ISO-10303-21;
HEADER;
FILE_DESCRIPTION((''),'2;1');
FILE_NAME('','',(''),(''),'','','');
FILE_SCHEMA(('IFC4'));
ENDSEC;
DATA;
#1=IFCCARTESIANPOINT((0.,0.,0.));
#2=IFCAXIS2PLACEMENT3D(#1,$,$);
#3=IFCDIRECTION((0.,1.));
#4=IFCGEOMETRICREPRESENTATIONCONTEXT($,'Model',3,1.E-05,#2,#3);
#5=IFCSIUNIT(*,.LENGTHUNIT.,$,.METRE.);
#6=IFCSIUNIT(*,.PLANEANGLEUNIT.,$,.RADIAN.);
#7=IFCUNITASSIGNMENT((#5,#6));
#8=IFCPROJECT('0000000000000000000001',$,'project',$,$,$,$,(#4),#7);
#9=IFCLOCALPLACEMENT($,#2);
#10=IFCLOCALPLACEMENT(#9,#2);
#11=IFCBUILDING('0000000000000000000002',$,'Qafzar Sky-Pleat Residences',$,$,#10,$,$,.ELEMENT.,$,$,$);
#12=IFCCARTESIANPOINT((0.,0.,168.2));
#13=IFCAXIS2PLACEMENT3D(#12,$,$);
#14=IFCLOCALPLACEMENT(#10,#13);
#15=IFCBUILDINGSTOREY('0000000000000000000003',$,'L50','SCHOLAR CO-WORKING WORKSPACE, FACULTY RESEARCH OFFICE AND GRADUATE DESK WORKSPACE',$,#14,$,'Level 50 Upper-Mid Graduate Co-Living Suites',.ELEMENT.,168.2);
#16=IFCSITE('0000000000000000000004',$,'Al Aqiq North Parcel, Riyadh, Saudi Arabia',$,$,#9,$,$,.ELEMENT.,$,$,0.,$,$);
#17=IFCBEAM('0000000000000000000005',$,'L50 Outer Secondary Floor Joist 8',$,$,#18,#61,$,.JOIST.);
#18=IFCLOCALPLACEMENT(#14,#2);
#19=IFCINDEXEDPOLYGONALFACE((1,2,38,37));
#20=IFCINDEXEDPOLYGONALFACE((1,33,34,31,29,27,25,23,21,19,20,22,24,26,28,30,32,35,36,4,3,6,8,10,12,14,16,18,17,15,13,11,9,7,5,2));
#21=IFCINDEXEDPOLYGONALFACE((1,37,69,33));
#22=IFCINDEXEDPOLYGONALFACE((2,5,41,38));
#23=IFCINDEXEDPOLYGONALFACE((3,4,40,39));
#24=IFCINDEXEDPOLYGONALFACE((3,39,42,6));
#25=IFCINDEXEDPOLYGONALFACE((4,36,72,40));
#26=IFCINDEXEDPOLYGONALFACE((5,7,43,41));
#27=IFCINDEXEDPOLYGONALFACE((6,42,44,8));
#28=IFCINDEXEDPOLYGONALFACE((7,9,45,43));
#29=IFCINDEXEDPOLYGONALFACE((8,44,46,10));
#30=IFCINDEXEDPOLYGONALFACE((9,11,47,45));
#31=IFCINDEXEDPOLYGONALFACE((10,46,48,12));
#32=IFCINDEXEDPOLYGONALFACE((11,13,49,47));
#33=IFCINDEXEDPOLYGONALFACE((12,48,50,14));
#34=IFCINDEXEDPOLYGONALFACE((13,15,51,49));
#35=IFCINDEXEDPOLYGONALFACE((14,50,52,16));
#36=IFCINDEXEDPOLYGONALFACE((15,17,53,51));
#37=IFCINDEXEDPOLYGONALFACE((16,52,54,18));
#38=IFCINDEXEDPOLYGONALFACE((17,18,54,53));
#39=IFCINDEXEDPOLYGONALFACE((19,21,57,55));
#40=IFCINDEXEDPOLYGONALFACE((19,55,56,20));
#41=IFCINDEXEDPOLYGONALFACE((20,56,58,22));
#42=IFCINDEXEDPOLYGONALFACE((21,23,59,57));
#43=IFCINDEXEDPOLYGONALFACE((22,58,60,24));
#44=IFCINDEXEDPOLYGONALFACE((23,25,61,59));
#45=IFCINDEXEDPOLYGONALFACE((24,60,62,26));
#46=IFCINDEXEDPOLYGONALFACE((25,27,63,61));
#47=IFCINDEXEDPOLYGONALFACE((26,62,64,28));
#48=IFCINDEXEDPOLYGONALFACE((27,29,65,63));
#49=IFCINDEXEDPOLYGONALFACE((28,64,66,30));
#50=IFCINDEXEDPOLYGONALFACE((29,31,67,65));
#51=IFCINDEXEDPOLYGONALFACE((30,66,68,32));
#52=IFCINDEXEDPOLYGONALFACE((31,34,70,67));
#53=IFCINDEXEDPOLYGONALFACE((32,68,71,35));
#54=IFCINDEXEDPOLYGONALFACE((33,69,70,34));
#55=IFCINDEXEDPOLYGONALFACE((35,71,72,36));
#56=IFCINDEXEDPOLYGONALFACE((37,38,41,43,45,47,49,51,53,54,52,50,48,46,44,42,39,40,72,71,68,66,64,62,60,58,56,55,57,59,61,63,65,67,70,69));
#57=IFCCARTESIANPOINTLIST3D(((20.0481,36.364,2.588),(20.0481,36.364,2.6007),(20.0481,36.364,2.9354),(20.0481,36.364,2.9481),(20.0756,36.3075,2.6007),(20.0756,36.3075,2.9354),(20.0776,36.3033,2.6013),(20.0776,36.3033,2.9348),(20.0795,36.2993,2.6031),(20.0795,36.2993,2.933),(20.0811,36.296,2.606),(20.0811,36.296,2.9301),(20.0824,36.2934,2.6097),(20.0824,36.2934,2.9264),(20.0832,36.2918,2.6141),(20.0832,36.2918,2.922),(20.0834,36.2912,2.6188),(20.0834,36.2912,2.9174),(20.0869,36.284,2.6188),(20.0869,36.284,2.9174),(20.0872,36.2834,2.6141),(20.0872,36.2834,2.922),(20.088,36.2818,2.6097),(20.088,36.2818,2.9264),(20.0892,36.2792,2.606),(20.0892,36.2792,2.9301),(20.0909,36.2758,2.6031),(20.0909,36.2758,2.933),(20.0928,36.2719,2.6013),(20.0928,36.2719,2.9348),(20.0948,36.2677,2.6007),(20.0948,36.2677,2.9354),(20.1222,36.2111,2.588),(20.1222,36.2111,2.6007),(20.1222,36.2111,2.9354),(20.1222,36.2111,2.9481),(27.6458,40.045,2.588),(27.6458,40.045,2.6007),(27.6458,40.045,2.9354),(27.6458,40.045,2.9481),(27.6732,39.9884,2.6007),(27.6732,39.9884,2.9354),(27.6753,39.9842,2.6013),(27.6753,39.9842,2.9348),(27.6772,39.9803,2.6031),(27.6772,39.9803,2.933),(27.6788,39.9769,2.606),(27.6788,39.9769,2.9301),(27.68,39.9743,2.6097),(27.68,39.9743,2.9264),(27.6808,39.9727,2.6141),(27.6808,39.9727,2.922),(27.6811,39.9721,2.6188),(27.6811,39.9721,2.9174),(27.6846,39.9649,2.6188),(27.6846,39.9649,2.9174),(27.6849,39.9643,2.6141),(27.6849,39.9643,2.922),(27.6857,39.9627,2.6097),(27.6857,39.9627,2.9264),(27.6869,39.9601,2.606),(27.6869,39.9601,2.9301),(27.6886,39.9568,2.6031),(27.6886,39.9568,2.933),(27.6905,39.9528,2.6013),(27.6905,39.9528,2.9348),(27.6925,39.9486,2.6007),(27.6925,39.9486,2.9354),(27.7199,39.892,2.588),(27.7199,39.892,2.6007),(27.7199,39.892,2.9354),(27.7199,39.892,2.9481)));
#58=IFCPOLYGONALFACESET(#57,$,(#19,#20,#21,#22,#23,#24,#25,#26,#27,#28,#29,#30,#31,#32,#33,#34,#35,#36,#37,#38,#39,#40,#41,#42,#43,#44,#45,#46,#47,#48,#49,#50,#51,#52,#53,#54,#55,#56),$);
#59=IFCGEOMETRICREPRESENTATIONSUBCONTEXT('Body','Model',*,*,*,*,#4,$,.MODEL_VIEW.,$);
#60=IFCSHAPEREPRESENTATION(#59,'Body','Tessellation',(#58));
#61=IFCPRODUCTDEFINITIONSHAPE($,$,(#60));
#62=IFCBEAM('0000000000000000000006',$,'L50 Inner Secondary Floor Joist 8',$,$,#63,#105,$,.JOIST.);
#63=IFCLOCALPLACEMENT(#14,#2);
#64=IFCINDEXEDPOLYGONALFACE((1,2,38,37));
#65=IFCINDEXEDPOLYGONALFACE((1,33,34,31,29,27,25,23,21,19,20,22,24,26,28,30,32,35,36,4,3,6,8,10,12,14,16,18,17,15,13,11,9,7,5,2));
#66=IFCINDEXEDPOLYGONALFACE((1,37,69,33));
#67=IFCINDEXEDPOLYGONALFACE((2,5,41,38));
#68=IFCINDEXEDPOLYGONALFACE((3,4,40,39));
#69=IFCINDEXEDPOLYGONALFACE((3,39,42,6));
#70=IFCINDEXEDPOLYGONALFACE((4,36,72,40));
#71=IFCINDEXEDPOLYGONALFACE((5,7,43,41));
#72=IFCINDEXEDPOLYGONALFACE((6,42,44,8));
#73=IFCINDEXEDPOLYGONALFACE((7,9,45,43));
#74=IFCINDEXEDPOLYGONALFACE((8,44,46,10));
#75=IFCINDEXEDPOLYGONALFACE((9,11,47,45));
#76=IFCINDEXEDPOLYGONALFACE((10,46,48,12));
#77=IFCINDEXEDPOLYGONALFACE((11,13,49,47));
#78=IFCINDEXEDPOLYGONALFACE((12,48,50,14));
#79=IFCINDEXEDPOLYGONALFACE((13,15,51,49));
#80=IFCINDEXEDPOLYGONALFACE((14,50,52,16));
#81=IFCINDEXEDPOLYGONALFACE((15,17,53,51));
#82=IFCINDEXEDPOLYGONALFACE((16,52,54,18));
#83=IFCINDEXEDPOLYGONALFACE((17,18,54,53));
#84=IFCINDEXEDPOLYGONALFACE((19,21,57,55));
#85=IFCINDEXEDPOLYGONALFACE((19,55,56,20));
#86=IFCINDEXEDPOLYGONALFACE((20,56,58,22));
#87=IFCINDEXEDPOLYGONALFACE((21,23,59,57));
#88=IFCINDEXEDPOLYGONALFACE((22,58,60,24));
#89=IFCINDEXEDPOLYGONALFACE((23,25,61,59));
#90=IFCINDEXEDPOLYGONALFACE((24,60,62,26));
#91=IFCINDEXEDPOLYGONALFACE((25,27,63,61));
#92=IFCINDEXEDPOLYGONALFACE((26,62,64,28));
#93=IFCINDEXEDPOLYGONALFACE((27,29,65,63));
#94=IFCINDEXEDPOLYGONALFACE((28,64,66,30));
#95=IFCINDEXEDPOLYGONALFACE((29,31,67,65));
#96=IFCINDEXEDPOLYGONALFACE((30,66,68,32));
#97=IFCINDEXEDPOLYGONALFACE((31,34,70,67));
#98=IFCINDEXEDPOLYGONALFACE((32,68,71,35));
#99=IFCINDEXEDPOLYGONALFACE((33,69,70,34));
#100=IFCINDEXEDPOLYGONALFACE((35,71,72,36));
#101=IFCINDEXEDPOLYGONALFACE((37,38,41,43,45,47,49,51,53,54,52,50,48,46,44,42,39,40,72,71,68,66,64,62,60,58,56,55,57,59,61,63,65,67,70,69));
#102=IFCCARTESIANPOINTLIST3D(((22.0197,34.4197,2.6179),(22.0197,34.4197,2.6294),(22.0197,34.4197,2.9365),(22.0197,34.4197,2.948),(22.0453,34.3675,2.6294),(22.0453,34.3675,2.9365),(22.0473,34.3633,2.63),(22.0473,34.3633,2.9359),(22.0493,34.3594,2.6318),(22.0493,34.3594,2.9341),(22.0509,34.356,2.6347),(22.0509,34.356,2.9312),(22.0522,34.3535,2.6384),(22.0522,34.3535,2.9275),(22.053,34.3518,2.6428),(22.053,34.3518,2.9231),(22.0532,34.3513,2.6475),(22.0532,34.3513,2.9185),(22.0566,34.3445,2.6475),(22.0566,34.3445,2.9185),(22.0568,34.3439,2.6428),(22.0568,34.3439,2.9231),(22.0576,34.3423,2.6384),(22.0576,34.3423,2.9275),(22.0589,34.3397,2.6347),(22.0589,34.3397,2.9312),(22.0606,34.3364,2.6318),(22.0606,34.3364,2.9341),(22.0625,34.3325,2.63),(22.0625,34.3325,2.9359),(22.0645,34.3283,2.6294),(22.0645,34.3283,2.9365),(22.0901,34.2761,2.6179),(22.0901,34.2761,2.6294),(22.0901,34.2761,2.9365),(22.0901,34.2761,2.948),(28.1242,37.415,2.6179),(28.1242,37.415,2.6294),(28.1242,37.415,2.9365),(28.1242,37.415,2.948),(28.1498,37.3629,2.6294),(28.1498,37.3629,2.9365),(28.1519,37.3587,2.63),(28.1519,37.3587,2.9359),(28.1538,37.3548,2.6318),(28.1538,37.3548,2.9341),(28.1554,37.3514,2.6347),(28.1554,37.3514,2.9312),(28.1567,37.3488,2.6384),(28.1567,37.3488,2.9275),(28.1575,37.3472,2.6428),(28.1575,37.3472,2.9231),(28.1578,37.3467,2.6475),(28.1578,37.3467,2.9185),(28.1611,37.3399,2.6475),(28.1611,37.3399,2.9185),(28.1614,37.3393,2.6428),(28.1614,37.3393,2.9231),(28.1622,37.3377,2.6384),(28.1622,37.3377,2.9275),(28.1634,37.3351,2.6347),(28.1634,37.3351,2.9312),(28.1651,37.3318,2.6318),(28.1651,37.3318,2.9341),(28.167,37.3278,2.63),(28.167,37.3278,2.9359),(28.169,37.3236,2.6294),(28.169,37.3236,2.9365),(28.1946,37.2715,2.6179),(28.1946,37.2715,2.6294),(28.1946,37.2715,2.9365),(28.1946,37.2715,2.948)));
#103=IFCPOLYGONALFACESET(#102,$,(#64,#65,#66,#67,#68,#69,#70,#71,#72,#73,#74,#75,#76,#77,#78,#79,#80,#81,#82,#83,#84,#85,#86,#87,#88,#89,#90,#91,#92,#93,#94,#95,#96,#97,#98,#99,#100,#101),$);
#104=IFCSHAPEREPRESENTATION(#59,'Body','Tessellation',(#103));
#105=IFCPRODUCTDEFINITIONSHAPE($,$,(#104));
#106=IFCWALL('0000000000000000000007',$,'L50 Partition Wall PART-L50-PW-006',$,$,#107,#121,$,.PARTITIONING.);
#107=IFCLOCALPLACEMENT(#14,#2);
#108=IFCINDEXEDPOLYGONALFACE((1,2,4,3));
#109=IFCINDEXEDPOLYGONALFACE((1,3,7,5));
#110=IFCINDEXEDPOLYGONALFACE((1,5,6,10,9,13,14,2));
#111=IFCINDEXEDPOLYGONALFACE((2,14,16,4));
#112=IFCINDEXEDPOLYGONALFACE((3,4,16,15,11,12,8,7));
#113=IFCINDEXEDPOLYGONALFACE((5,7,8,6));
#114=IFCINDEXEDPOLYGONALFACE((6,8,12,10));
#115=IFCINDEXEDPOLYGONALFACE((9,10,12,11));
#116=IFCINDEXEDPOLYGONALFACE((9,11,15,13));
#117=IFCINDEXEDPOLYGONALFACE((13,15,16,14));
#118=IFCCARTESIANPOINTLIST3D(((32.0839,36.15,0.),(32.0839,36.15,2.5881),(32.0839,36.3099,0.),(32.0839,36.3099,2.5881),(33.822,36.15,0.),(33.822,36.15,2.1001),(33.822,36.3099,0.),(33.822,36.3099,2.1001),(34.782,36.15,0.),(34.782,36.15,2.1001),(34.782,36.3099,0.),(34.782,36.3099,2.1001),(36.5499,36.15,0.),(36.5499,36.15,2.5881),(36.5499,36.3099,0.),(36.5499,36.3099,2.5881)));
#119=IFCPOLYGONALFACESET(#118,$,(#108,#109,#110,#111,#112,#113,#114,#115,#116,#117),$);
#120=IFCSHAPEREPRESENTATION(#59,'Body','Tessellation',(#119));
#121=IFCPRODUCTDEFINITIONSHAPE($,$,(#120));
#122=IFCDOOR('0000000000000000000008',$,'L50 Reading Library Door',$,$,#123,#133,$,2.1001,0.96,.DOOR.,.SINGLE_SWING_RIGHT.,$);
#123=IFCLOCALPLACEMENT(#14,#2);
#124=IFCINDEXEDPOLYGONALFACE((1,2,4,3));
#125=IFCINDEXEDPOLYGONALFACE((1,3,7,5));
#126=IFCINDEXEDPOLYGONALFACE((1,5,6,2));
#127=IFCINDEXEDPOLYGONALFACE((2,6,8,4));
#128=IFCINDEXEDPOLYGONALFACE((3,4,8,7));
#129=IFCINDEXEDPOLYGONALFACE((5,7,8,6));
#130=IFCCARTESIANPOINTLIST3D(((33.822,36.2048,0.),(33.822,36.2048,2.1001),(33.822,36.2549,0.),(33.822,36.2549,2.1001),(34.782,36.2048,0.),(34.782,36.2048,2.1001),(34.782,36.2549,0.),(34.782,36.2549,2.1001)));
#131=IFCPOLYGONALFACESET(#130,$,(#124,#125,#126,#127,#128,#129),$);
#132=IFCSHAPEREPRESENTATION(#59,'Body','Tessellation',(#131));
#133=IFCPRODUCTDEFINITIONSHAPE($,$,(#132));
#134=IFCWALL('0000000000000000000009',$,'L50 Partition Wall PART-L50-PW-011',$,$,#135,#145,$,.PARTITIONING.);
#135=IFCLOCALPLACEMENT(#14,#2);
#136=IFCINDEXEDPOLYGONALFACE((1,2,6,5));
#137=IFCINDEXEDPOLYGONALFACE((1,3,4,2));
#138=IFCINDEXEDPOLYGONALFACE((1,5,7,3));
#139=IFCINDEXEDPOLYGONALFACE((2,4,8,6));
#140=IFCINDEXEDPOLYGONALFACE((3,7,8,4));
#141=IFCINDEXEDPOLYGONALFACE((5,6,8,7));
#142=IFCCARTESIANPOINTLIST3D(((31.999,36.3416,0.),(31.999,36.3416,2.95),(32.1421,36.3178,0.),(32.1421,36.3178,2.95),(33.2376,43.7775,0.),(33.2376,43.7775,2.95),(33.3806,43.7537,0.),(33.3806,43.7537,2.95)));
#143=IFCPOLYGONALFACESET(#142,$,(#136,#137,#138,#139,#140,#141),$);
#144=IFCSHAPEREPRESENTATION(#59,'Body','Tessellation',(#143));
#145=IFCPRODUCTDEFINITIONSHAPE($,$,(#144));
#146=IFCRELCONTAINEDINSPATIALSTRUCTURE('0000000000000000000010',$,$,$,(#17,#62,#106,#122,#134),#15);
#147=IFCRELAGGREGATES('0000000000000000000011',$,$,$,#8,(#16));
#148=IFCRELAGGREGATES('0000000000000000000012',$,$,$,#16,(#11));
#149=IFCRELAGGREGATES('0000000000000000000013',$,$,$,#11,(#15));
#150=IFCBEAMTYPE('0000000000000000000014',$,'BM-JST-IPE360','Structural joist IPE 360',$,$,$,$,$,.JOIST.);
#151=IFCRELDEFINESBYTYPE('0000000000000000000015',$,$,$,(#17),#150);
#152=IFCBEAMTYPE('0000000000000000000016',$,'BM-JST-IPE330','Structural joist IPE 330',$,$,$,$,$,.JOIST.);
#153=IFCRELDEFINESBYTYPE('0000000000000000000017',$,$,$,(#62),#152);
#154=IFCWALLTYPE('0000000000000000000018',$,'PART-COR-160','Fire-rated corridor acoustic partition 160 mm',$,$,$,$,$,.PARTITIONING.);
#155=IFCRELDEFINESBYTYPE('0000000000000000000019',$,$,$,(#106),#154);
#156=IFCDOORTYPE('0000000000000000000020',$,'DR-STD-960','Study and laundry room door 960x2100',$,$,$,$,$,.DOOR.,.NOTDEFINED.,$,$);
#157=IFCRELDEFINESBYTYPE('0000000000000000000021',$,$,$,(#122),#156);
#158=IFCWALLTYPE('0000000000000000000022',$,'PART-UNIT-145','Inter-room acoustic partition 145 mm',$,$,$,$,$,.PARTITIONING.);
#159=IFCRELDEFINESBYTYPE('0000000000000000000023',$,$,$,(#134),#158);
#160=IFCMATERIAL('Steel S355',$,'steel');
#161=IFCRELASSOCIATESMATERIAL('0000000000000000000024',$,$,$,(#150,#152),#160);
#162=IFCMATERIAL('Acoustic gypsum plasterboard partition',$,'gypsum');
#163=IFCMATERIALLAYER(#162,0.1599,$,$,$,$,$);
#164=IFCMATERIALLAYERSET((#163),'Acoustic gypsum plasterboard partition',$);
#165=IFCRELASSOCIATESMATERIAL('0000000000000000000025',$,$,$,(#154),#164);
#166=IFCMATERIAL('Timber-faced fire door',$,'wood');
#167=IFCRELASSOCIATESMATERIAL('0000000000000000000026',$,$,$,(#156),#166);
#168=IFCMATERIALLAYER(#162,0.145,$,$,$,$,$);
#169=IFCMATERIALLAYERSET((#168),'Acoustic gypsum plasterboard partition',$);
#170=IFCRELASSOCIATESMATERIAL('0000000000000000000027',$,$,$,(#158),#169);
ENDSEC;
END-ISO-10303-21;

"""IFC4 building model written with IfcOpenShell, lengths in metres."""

from ifc_helpers import new_model, si_unit, direction, frame, frame_2d, origin, origin_2d, place, context, subcontext, project, spatial, rectangle, i_section, extrude, source, transform, mapped, material, layer, layer_set, material_profile, profile_set, type_object, element, fill, save


model = new_model("IFC4")

# Units and contexts
model_context = context("Model", 3, precision=1e-05, world=origin(), true_north=direction((0.0, 1.0)))
body_context = subcontext(model_context, "Body", "Model", "MODEL_VIEW")
ifc_project = project(units=[si_unit("LENGTHUNIT", "METRE"), si_unit("PLANEANGLEUNIT", "RADIAN")], contexts=[model_context])

# Site, building, storey
site_placement = place(None, origin())
site = spatial("IfcSite", under=ifc_project, at=site_placement, Name="Al Aqiq North Parcel, Riyadh, Saudi Arabia", CompositionType="ELEMENT", RefElevation=0.0)
building_placement = place(site_placement, origin())
building = spatial("IfcBuilding", under=site, at=building_placement, Name="Qafzar Sky-Pleat Residences", CompositionType="ELEMENT")
storey_placement = place(building_placement, frame((0.0, 0.0, 168.2)))
storey = spatial("IfcBuildingStorey", under=building, at=storey_placement, Name="L50", Description="SCHOLAR CO-WORKING WORKSPACE, FACULTY RESEARCH OFFICE AND GRADUATE DESK WORKSPACE", LongName="Level 50 Upper-Mid Graduate Co-Living Suites", CompositionType="ELEMENT", Elevation=168.2)

# Shared definitions
ifc_material_1 = material(Name="Steel S355", Category="steel")

# Beams
ifc_material_profile_1 = material_profile(ifc_material_1, i_section(OverallWidth=0.1699, OverallDepth=0.3601, WebThickness=0.0081, FlangeThickness=0.0127, FilletRadius=0.0181, at=origin_2d()), Name="IPE 360")
ifc_profile_set_1 = profile_set([ifc_material_profile_1], Name="Steel S355")
beam_type_1 = type_object("IfcBeamType", Name="BM-JST-IPE360", Description="Structural joist IPE 360", PredefinedType="JOIST", material=ifc_profile_set_1)
shared_shape_1 = source(origin(), body_context, "Body", "SweptSolid", [
    extrude(i_section(OverallWidth=0.1699, OverallDepth=0.3601, WebThickness=0.0081, FlangeThickness=0.0127, FilletRadius=0.0181, at=origin_2d()), origin(), (0.0, 0.0, 1.0), 8.4424),
])
beam_1_placement = place(storey_placement, frame((27.6829, 39.9685, 2.7681), z_axis=(-0.899944, -0.436005, 0.0), x_axis=(0.436005, -0.899944, 0.0)))
element("IfcBeam", 1, at=beam_1_placement, inside=storey, type_object=beam_type_1, Name="L50 Outer Secondary Floor Joist 8", PredefinedType="JOIST", context=body_context, shape_type="MappedRepresentation", body=[
    mapped(shared_shape_1, transform((0.0, 0.0, 0.0), x_axis=(1.0, 0.0, 0.0), y_axis=(0.0, 1.0, 0.0), z_axis=(0.0, 0.0, 1.0), scale=1.0)),
])
ifc_material_profile_2 = material_profile(ifc_material_1, i_section(OverallWidth=0.1599, OverallDepth=0.3301, WebThickness=0.0076, FlangeThickness=0.0115, FilletRadius=0.0181, at=origin_2d()), Name="IPE 330")
ifc_profile_set_2 = profile_set([ifc_material_profile_2], Name="Steel S355")
beam_type_2 = type_object("IfcBeamType", Name="BM-JST-IPE330", Description="Structural joist IPE 330", PredefinedType="JOIST", material=ifc_profile_set_2)
shared_shape_2 = source(origin(), body_context, "Body", "SweptSolid", [
    extrude(i_section(OverallWidth=0.1599, OverallDepth=0.3301, WebThickness=0.0076, FlangeThickness=0.0115, FilletRadius=0.0181, at=origin_2d()), origin(), (0.0, 0.0, 1.0), 6.7998),
])
beam_2_placement = place(storey_placement, frame((28.1594, 37.3433, 2.783), z_axis=(-0.897748, -0.440509, 0.0), x_axis=(0.440509, -0.897748, 0.0)))
element("IfcBeam", 2, at=beam_2_placement, inside=storey, type_object=beam_type_2, Name="L50 Inner Secondary Floor Joist 8", PredefinedType="JOIST", context=body_context, shape_type="MappedRepresentation", body=[
    mapped(shared_shape_2, transform((0.0, 0.0, 0.0), x_axis=(1.0, 0.0, 0.0), y_axis=(0.0, 1.0, 0.0), z_axis=(0.0, 0.0, 1.0), scale=1.0)),
])

# Wall, opening, door
ifc_material_2 = material(Name="Acoustic gypsum plasterboard partition", Category="gypsum")
ifc_layer_1 = layer(ifc_material_2, 0.1599)
ifc_layer_set_1 = layer_set([ifc_layer_1], Name="Acoustic gypsum plasterboard partition")
wall_type_1 = type_object("IfcWallType", Name="PART-COR-160", Description="Fire-rated corridor acoustic partition 160 mm", PredefinedType="PARTITIONING", material=ifc_layer_set_1)
wall_1_placement = place(storey_placement, frame((32.084, 36.23, 0.0), z_axis=(0.0, 0.0, 1.0), x_axis=(1.0, 0.0, 0.0)))
wall_1 = element("IfcWall", 3, at=wall_1_placement, inside=storey, type_object=wall_type_1, Name="L50 Partition Wall PART-L50-PW-006", PredefinedType="PARTITIONING", context=body_context, shape_type="SweptSolid", body=[
    extrude(rectangle(XDim=4.4661, YDim=0.1599, at=frame_2d((2.2329, 0.0))), origin(), (0.0, 0.0, 1.0), 2.5881),
])
opening_1_placement = place(wall_1_placement, frame((1.738, 0.0, 0.0)))
opening_1 = element("IfcOpeningElement", 4, at=opening_1_placement, cuts=wall_1, PredefinedType="OPENING", context=body_context, shape_type="SweptSolid", body=[
    extrude(rectangle(XDim=0.96, YDim=2.1001, at=frame_2d((0.48, 1.05))), frame((0.0, 0.0898, 0.0), z_axis=(0.0, -1.0, 0.0), x_axis=(1.0, 0.0, 0.0)), (0.0, 0.0, 1.0), 0.1799),
])
ifc_material_3 = material(Name="Timber-faced fire door", Category="wood")
door_type_1 = type_object("IfcDoorType", Name="DR-STD-960", Description="Study and laundry room door 960x2100", OperationType="NOTDEFINED", PredefinedType="DOOR", material=ifc_material_3)
shared_shape_3 = source(origin(), body_context, "Body", "SweptSolid", [
    extrude(rectangle(XDim=0.96, YDim=2.1001, at=frame_2d((0.48, 1.05))), frame((0.0, 0.0249, 0.0), z_axis=(0.0, -1.0, 0.0), x_axis=(1.0, 0.0, 0.0)), (0.0, 0.0, 1.0), 0.05),
])
door_1_placement = place(opening_1_placement, origin())
door_1 = element("IfcDoor", 5, at=door_1_placement, inside=storey, type_object=door_type_1, Name="L50 Reading Library Door", OperationType="SINGLE_SWING_RIGHT", OverallHeight=2.1001, OverallWidth=0.96, PredefinedType="DOOR", context=body_context, shape_type="MappedRepresentation", body=[
    mapped(shared_shape_3, transform((0.0, 0.0, 0.0), x_axis=(1.0, 0.0, 0.0), y_axis=(0.0, 1.0, 0.0), z_axis=(0.0, 0.0, 1.0), scale=1.0)),
])
fill(opening_1, door_1)

# Wall
ifc_layer_2 = layer(ifc_material_2, 0.145)
ifc_layer_set_2 = layer_set([ifc_layer_2], Name="Acoustic gypsum plasterboard partition")
wall_type_2 = type_object("IfcWallType", Name="PART-UNIT-145", Description="Inter-room acoustic partition 145 mm", PredefinedType="PARTITIONING", material=ifc_layer_set_2)
wall_2_placement = place(storey_placement, frame((32.0706, 36.3298, 0.0), z_axis=(0.0, 0.0, 1.0), x_axis=(0.164299, 0.986411, 0.0)))
element("IfcWall", 6, at=wall_2_placement, inside=storey, type_object=wall_type_2, Name="L50 Partition Wall PART-L50-PW-011", PredefinedType="PARTITIONING", context=body_context, shape_type="SweptSolid", body=[
    extrude(rectangle(XDim=7.5383, YDim=0.145, at=frame_2d((3.769, 0.0))), origin(), (0.0, 0.0, 1.0), 2.95),
])

save(model, "model.ifc")
